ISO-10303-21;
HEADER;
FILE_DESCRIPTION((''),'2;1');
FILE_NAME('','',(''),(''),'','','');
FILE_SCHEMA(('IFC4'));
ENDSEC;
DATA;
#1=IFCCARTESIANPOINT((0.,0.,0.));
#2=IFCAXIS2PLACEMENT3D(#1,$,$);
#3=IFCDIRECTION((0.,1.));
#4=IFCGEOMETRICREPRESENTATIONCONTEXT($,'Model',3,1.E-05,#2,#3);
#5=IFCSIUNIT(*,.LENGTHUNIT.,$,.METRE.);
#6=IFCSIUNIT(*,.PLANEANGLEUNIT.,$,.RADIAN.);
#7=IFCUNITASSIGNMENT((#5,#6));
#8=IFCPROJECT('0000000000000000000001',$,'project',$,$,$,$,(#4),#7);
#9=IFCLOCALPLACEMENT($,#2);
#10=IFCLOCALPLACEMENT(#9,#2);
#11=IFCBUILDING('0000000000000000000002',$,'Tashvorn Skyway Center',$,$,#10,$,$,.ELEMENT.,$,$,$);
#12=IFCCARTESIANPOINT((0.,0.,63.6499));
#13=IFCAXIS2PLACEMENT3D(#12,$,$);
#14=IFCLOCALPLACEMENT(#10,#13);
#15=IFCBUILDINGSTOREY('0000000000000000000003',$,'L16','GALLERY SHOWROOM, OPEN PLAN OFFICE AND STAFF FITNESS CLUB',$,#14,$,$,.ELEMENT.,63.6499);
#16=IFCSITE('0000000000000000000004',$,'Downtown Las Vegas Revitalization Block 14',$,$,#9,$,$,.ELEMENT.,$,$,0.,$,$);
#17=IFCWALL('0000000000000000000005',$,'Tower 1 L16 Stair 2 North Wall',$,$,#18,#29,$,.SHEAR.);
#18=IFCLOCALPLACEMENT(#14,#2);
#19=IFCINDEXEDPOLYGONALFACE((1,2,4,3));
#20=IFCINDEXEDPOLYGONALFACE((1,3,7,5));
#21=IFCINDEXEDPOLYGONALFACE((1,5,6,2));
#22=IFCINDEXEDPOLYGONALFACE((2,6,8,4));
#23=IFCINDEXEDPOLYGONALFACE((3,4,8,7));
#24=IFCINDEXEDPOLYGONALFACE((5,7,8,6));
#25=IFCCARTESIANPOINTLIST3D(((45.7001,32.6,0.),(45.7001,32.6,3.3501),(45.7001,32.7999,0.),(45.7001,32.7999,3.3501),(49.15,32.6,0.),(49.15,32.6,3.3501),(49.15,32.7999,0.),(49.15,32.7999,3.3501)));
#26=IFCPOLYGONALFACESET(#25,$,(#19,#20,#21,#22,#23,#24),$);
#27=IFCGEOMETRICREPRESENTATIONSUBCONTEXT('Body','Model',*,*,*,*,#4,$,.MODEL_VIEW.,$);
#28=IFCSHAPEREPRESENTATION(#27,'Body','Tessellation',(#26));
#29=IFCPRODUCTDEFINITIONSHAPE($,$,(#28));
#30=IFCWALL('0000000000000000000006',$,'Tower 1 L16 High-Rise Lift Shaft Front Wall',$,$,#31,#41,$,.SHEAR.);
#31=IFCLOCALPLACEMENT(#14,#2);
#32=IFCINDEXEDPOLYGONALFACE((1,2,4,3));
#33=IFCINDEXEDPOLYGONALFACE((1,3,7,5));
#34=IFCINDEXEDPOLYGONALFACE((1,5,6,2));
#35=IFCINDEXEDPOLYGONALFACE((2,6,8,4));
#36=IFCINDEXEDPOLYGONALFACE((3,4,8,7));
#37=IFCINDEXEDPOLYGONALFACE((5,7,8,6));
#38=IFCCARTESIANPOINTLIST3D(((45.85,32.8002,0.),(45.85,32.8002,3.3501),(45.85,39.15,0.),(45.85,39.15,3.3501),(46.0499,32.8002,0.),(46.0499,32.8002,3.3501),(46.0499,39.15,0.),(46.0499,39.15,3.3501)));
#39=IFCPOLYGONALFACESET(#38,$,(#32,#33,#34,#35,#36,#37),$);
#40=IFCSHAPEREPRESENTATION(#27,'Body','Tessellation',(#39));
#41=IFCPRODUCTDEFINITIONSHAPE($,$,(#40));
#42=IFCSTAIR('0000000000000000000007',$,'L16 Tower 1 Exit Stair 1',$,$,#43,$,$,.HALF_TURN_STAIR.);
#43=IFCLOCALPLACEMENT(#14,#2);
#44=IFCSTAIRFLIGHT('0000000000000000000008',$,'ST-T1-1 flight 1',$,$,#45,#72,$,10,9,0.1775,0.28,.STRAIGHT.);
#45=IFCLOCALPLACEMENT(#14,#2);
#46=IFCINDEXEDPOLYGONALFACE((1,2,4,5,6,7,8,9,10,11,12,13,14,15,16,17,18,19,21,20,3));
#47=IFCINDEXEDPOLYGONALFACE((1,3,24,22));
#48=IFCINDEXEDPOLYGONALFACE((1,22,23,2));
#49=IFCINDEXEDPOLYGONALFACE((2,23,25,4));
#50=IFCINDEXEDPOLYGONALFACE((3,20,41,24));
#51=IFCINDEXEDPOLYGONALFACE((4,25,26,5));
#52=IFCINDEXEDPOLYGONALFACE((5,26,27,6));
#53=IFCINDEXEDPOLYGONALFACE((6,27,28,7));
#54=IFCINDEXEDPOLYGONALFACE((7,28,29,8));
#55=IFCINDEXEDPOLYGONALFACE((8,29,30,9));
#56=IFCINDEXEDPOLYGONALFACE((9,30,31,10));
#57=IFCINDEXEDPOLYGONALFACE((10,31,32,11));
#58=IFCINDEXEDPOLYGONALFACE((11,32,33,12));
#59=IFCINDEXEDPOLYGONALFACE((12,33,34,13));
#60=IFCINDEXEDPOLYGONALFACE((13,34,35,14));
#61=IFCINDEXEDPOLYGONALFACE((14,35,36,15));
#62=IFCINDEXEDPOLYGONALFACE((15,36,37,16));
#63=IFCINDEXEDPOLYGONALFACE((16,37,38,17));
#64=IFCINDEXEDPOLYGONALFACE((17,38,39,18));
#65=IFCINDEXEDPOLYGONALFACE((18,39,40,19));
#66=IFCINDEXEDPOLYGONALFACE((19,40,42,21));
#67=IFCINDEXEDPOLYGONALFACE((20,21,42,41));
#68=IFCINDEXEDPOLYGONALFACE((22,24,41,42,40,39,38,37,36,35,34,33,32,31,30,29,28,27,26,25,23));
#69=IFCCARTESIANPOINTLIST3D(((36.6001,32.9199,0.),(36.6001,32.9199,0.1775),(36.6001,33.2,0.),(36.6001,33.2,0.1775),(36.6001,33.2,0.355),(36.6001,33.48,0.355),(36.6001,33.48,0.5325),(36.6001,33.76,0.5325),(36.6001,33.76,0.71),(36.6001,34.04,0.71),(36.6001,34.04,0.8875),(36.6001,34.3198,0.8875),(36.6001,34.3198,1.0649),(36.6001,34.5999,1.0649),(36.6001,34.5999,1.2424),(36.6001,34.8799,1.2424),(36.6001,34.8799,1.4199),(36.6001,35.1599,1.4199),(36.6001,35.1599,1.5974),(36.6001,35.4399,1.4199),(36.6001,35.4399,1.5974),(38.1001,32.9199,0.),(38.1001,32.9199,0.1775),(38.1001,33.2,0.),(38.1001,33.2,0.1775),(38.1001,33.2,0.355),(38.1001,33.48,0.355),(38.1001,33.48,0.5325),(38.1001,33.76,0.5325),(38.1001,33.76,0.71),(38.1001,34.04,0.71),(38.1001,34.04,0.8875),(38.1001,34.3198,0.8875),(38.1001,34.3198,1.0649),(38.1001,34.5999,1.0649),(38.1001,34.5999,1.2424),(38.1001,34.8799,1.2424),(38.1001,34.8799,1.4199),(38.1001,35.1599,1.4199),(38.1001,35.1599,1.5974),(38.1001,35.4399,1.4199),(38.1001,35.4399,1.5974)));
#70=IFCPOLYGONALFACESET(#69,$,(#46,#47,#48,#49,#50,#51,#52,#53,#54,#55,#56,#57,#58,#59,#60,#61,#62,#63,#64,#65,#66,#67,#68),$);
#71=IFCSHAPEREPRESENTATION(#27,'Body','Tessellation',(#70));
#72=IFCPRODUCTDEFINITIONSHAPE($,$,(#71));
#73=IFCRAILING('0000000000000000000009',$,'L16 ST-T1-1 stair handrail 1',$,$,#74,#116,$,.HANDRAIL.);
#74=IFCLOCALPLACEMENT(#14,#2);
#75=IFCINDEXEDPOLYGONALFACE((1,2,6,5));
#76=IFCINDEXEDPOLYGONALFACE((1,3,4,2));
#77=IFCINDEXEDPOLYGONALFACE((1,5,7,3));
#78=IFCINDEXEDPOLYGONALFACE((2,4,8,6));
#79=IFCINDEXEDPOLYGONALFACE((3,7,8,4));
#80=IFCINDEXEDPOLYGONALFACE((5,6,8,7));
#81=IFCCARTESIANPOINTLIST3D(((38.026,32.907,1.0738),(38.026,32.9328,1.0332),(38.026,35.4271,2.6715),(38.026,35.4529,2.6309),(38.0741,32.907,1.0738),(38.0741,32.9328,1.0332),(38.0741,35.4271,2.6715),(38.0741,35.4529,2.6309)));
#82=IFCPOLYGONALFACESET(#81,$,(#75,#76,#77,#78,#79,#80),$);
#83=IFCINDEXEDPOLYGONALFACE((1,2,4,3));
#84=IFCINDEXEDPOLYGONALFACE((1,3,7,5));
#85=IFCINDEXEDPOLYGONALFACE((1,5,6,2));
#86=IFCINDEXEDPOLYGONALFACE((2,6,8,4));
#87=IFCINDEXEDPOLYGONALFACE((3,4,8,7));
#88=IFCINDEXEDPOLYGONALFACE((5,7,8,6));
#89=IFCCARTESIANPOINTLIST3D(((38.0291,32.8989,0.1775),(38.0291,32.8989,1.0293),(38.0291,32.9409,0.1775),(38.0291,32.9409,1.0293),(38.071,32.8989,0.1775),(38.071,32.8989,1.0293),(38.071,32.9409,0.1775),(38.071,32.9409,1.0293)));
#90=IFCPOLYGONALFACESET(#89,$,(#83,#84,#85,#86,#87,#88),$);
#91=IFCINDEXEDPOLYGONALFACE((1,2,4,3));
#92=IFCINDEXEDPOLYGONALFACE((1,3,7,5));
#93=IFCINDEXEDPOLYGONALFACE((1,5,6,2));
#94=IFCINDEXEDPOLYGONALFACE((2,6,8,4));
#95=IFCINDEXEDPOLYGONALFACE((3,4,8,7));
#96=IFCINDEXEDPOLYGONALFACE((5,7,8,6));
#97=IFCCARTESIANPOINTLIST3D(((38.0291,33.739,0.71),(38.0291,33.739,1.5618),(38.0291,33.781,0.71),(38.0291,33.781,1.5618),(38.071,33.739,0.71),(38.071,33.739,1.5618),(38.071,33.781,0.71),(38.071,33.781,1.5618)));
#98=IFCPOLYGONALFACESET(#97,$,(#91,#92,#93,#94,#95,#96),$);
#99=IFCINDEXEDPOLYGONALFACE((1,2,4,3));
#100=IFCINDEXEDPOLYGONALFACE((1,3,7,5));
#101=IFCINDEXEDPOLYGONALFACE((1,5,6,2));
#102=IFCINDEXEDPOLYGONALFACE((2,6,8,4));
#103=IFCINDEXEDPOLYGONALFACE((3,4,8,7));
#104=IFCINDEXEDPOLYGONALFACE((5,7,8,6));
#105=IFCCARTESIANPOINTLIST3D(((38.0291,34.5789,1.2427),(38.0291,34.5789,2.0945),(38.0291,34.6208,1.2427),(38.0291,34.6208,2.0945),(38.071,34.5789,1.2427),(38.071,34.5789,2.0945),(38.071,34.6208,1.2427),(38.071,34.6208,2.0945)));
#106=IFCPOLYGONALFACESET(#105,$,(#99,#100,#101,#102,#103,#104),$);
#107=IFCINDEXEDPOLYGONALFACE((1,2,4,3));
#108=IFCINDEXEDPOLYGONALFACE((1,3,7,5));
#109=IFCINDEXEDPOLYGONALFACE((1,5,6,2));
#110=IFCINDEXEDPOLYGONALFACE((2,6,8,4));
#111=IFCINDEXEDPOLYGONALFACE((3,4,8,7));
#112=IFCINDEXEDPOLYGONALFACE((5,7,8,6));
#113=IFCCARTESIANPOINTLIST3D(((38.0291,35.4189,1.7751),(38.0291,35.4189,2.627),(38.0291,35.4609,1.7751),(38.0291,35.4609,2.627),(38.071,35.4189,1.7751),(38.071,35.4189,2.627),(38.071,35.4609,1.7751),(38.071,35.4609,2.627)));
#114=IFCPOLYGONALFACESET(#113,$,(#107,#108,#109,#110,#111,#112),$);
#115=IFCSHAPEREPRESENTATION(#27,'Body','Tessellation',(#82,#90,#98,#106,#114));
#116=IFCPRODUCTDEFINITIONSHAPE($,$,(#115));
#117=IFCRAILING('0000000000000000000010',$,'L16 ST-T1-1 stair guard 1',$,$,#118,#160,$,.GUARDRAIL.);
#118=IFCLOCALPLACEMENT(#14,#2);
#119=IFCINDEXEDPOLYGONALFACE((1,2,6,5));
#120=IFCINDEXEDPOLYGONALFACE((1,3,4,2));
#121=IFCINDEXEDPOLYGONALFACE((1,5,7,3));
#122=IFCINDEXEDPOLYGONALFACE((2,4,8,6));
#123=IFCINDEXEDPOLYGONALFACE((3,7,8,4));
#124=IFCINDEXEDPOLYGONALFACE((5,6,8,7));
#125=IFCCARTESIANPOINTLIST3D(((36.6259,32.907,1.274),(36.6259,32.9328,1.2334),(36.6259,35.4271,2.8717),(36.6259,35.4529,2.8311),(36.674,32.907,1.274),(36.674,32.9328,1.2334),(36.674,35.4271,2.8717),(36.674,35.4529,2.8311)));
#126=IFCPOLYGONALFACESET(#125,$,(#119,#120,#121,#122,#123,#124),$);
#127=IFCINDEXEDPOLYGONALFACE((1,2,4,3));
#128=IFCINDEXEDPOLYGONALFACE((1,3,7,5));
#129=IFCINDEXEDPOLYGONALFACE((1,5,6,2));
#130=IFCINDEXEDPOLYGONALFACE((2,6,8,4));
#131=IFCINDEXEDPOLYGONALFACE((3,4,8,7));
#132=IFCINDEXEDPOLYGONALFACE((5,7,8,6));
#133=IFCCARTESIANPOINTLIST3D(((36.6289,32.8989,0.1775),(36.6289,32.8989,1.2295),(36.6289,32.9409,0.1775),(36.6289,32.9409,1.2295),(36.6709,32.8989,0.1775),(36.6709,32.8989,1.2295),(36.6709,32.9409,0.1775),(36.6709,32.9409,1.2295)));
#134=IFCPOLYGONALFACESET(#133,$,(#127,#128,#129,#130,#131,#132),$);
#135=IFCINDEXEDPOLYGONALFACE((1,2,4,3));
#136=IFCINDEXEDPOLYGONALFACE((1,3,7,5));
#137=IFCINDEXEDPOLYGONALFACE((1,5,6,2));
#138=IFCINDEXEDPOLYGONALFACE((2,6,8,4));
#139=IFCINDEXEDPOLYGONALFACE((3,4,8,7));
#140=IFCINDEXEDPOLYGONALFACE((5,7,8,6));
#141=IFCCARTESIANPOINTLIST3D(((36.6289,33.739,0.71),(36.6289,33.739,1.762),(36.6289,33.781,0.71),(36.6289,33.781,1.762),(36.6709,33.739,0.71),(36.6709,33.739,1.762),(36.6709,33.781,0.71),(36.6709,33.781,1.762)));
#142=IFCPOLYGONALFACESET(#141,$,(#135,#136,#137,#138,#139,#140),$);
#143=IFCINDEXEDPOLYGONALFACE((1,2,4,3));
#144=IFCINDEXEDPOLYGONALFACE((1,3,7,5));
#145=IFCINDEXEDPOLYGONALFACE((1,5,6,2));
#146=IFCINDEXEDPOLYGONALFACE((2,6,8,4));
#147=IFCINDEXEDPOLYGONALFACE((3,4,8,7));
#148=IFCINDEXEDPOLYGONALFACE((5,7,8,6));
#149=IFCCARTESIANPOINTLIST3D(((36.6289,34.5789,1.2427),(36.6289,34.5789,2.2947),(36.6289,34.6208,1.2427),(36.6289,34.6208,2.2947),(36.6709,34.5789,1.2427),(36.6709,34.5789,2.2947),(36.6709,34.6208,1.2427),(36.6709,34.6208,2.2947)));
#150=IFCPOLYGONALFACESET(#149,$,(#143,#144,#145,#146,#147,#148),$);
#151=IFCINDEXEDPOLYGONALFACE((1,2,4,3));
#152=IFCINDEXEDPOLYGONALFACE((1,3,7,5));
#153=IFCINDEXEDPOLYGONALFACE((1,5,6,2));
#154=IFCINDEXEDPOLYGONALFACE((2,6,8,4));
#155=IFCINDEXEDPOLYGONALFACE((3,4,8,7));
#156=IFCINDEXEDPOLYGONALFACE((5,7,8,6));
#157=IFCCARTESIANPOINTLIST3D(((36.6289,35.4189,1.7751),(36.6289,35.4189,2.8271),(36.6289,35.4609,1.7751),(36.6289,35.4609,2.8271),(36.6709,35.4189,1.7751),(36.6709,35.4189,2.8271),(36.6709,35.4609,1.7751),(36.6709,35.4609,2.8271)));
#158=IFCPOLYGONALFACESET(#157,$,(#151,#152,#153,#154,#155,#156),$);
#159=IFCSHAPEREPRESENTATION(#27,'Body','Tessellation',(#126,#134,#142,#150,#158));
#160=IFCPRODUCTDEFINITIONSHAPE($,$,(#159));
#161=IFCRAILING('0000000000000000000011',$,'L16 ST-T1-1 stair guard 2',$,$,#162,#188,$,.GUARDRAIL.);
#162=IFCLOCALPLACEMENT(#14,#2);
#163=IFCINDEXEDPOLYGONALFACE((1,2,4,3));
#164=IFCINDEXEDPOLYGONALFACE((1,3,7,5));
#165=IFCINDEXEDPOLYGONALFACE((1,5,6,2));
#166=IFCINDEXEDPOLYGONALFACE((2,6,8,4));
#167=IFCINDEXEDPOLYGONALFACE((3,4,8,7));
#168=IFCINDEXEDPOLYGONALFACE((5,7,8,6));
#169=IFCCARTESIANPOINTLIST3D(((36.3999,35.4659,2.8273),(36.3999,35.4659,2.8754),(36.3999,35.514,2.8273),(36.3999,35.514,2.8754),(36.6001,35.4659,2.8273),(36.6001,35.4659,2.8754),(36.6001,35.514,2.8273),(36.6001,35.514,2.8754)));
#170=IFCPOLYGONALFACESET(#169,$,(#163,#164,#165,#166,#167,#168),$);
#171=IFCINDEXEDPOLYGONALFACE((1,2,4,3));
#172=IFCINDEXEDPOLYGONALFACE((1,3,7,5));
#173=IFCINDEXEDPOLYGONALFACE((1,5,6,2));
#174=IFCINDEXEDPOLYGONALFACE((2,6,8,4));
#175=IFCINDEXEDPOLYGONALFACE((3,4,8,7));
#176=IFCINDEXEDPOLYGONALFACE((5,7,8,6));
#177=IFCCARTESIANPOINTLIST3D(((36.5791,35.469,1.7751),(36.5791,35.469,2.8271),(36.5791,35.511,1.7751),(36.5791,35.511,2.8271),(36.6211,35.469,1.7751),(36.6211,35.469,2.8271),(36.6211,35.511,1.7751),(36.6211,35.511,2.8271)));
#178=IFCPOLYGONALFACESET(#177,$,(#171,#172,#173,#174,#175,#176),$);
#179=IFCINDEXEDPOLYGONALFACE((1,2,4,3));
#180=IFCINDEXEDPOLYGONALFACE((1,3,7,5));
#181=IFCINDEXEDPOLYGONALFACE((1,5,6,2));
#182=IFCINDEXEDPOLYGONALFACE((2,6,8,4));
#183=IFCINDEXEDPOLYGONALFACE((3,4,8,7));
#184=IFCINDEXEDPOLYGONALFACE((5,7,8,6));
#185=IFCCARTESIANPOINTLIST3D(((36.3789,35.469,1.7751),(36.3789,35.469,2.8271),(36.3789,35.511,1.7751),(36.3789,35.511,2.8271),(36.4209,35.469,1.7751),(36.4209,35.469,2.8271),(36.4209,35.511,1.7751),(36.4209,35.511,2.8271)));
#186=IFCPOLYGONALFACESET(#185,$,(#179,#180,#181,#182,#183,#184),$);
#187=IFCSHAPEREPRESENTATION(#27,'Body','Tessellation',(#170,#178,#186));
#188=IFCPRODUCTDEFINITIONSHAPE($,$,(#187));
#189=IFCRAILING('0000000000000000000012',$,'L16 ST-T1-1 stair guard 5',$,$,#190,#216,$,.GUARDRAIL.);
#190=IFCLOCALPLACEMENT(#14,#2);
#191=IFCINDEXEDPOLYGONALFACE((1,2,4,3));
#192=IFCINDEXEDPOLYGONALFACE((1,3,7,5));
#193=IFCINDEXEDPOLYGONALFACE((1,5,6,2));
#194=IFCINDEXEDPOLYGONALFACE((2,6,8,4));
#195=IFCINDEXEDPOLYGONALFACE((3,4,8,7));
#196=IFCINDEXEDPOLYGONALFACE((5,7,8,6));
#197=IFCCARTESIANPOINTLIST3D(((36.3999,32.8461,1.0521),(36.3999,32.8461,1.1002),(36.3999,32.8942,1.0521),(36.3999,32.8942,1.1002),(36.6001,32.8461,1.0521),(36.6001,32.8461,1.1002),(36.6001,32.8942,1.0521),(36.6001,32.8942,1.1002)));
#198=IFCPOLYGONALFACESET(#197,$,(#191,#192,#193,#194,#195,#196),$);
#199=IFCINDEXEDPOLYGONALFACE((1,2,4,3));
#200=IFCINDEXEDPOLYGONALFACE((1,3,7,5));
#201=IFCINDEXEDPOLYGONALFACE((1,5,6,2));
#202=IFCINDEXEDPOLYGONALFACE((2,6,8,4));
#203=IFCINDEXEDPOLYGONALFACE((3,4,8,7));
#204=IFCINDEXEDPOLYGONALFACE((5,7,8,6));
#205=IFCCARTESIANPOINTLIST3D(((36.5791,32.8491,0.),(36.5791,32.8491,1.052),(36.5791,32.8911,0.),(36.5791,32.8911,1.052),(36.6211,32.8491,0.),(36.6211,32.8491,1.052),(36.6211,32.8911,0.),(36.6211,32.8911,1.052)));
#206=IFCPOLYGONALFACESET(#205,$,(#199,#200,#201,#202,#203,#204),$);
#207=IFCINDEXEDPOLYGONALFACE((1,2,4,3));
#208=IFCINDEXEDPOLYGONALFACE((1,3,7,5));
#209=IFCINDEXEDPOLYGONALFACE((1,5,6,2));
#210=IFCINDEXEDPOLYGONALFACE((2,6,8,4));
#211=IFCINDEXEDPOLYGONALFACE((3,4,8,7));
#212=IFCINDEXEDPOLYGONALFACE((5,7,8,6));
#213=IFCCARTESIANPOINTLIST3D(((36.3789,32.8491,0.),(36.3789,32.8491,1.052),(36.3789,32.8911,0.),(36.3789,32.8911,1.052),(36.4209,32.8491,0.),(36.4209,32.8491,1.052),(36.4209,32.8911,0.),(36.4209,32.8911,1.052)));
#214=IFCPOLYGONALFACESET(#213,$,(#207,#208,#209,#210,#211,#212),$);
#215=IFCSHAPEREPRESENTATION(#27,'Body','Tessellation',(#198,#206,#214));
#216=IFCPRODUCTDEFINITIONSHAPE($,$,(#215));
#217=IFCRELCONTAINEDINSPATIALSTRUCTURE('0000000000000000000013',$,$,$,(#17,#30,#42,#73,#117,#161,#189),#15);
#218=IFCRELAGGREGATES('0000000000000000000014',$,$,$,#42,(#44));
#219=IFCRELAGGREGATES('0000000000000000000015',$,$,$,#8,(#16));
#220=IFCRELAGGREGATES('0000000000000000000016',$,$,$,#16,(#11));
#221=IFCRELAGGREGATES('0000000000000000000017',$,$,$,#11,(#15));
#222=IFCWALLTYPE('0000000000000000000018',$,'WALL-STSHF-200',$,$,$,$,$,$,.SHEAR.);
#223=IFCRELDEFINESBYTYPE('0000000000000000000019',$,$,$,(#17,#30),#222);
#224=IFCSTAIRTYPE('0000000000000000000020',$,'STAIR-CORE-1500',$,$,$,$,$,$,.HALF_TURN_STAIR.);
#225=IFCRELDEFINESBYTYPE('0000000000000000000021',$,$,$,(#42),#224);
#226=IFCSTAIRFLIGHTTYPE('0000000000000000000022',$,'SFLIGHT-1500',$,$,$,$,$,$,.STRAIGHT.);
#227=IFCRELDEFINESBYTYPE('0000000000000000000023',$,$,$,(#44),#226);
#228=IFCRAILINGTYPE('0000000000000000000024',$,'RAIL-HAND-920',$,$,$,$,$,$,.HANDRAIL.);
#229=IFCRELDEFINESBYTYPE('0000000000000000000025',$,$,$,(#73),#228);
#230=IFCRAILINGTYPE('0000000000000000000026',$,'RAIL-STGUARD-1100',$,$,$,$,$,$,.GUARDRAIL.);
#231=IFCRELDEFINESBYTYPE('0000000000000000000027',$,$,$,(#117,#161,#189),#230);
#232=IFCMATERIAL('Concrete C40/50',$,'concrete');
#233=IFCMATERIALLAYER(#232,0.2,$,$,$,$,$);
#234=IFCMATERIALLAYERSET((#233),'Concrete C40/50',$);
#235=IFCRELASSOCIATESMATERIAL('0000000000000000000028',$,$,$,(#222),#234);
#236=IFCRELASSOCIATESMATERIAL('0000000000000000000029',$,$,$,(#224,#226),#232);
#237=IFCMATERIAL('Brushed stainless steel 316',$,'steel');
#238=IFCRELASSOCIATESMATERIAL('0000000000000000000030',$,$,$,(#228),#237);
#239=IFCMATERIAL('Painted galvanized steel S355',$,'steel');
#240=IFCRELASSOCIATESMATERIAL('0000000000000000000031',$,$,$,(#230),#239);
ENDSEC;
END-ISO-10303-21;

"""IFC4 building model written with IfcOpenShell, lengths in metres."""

from ifc_helpers import new_model, si_unit, direction, frame, frame_2d, origin, origin_2d, place, context, subcontext, project, spatial, polyline, rectangle, outline, extrude, material, layer, layer_set, type_object, element, aggregate, save


model = new_model("IFC4")

# Units and contexts
model_context = context("Model", 3, precision=1e-05, world=origin(), true_north=direction((0.0, 1.0)))
body_context = subcontext(model_context, "Body", "Model", "MODEL_VIEW")
ifc_project = project(units=[si_unit("LENGTHUNIT", "METRE"), si_unit("PLANEANGLEUNIT", "RADIAN")], contexts=[model_context])

# Site, building, storey
site_placement = place(None, origin())
site = spatial("IfcSite", under=ifc_project, at=site_placement, Name="Downtown Las Vegas Revitalization Block 14", CompositionType="ELEMENT", RefElevation=0.0)
building_placement = place(site_placement, origin())
building = spatial("IfcBuilding", under=site, at=building_placement, Name="Tashvorn Skyway Center", CompositionType="ELEMENT")
storey_placement = place(building_placement, frame((0.0, 0.0, 63.6499)))
storey = spatial("IfcBuildingStorey", under=building, at=storey_placement, Name="L16", Description="GALLERY SHOWROOM, OPEN PLAN OFFICE AND STAFF FITNESS CLUB", CompositionType="ELEMENT", Elevation=63.6499)

# Shared definitions
ifc_material_1 = material(Name="Concrete C40/50", Category="concrete")

# Shared definitions
ifc_layer_1 = layer(ifc_material_1, 0.2)
ifc_layer_set_1 = layer_set([ifc_layer_1], Name="Concrete C40/50")
wall_type_1 = type_object("IfcWallType", Name="WALL-STSHF-200", PredefinedType="SHEAR", material=ifc_layer_set_1)

# Walls
wall_1_placement = place(storey_placement, frame((45.7, 32.7, 0.0), z_axis=(0.0, 0.0, 1.0), x_axis=(1.0, 0.0, 0.0)))
element("IfcWall", 1, at=wall_1_placement, inside=storey, type_object=wall_type_1, Name="Tower 1 L16 Stair 2 North Wall", PredefinedType="SHEAR", context=body_context, shape_type="SweptSolid", body=[
    extrude(rectangle(XDim=3.45, YDim=0.2, at=frame_2d((1.7251, 0.0))), origin(), (0.0, 0.0, 1.0), 3.3501),
])
wall_2_placement = place(storey_placement, frame((45.95, 39.1499, 0.0), z_axis=(0.0, 0.0, 1.0), x_axis=(0.0, -1.0, 0.0)))
element("IfcWall", 2, at=wall_2_placement, inside=storey, type_object=wall_type_1, Name="Tower 1 L16 High-Rise Lift Shaft Front Wall", PredefinedType="SHEAR", context=body_context, shape_type="SweptSolid", body=[
    extrude(rectangle(XDim=6.3499, YDim=0.2, at=frame_2d((3.1748, 0.0))), origin(), (0.0, 0.0, 1.0), 3.3501),
])

# Stair, stair flight
stair_type = type_object("IfcStairType", Name="STAIR-CORE-1500", PredefinedType="HALF_TURN_STAIR", material=ifc_material_1)
stair_placement = place(storey_placement, origin())
stair = element("IfcStair", 3, at=stair_placement, inside=storey, type_object=stair_type, Name="L16 Tower 1 Exit Stair 1", PredefinedType="HALF_TURN_STAIR")
stair_flight_type = type_object("IfcStairFlightType", Name="SFLIGHT-1500", PredefinedType="STRAIGHT", material=ifc_material_1)
stair_flight_placement = place(storey_placement, frame((37.3501, 32.9199, 0.0), z_axis=(0.0, 0.0, 1.0), x_axis=(0.0, 1.0, 0.0)))
stair_flight = element("IfcStairFlight", 4, at=stair_flight_placement, type_object=stair_flight_type, Name="ST-T1-1 flight 1", NumberOfRisers=10, NumberOfTreads=9, PredefinedType="STRAIGHT", RiserHeight=0.1775, TreadLength=0.28, context=body_context, shape_type="SweptSolid", body=[
    extrude(outline(polyline([(0.0, 0.0), (0.0, 0.1775), (0.28, 0.1775), (0.28, 0.355), (0.5601, 0.355), (0.5601, 0.5325), (0.8401, 0.5325), (0.8401, 0.71), (1.1201, 0.71), (1.1201, 0.8875), (1.3999, 0.8875), (1.3999, 1.0649), (1.6799, 1.0649), (1.6799, 1.2424), (1.96, 1.2424), (1.96, 1.4199), (2.24, 1.4199), (2.24, 1.5974), (2.52, 1.5974), (2.52, 1.7749), (2.52, 1.4199), (0.28, 0.0), (0.0, 0.0)])), frame((0.0, 0.75, 0.0), z_axis=(0.0, -1.0, 0.0), x_axis=(1.0, 0.0, 0.0)), (0.0, 0.0, 1.0), 1.5),
])
aggregate(stair, [stair_flight])

# Railings
ifc_material_2 = material(Name="Brushed stainless steel 316", Category="steel")
railing_type_1 = type_object("IfcRailingType", Name="RAIL-HAND-920", PredefinedType="HANDRAIL", material=ifc_material_2)
railing_1_placement = place(storey_placement, frame((38.05, 32.9199, 0.1775)))
element("IfcRailing", 5, at=railing_1_placement, inside=storey, type_object=railing_type_1, Name="L16 ST-T1-1 stair handrail 1", PredefinedType="HANDRAIL", context=body_context, shape_type="SweptSolid", body=[
    extrude(rectangle(XDim=0.0481, YDim=0.0481, at=origin_2d()), frame((0.0, 0.0, 0.876), z_axis=(0.0, 0.84457, 0.535445), x_axis=(-1.0, 0.0, 0.0)), (0.0, 0.0, 1.0), 2.9839),
    extrude(rectangle(XDim=0.042, YDim=0.042, at=origin_2d()), origin(), (0.0, 0.0, 1.0), 0.8518),
    extrude(rectangle(XDim=0.042, YDim=0.042, at=origin_2d()), frame((0.0, 0.8401, 0.5325)), (0.0, 0.0, 1.0), 0.8518),
    extrude(rectangle(XDim=0.042, YDim=0.042, at=origin_2d()), frame((0.0, 1.6799, 1.0652)), (0.0, 0.0, 1.0), 0.8518),
    extrude(rectangle(XDim=0.042, YDim=0.042, at=origin_2d()), frame((0.0, 2.52, 1.5977)), (0.0, 0.0, 1.0), 0.8518),
])
ifc_material_3 = material(Name="Painted galvanized steel S355", Category="steel")
railing_type_2 = type_object("IfcRailingType", Name="RAIL-STGUARD-1100", PredefinedType="GUARDRAIL", material=ifc_material_3)
railing_2_placement = place(storey_placement, frame((36.6499, 32.9199, 0.1775)))
element("IfcRailing", 6, at=railing_2_placement, inside=storey, type_object=railing_type_2, Name="L16 ST-T1-1 stair guard 1", PredefinedType="GUARDRAIL", context=body_context, shape_type="SweptSolid", body=[
    extrude(rectangle(XDim=0.0481, YDim=0.0481, at=origin_2d()), frame((0.0, 0.0, 1.0762), z_axis=(0.0, 0.84457, 0.535445), x_axis=(-1.0, 0.0, 0.0)), (0.0, 0.0, 1.0), 2.9839),
    extrude(rectangle(XDim=0.042, YDim=0.042, at=origin_2d()), origin(), (0.0, 0.0, 1.0), 1.052),
    extrude(rectangle(XDim=0.042, YDim=0.042, at=origin_2d()), frame((0.0, 0.8401, 0.5325)), (0.0, 0.0, 1.0), 1.052),
    extrude(rectangle(XDim=0.042, YDim=0.042, at=origin_2d()), frame((0.0, 1.6799, 1.0652)), (0.0, 0.0, 1.0), 1.052),
    extrude(rectangle(XDim=0.042, YDim=0.042, at=origin_2d()), frame((0.0, 2.52, 1.5977)), (0.0, 0.0, 1.0), 1.052),
])
for number, where, name in (
    (7, (36.6001, 35.49, 1.7751), "L16 ST-T1-1 stair guard 2"),
    (8, (36.6001, 32.8701, 0.0), "L16 ST-T1-1 stair guard 5"),
):
    element("IfcRailing", number, at=place(storey_placement, frame(where)), inside=storey, type_object=railing_type_2, Name=name, PredefinedType="GUARDRAIL", context=body_context, shape_type="SweptSolid", body=[
        extrude(rectangle(XDim=0.0481, YDim=0.0481, at=origin_2d()), frame((0.0, 0.0, 1.0762), z_axis=(-1.0, 0.0, 0.0), x_axis=(0.0, -1.0, 0.0)), (0.0, 0.0, 1.0), 0.2002),
        extrude(rectangle(XDim=0.042, YDim=0.042, at=origin_2d()), origin(), (0.0, 0.0, 1.0), 1.052),
        extrude(rectangle(XDim=0.042, YDim=0.042, at=origin_2d()), frame((-0.2002, 0.0, 0.0)), (0.0, 0.0, 1.0), 1.052),
    ])

save(model, "model.ifc")
